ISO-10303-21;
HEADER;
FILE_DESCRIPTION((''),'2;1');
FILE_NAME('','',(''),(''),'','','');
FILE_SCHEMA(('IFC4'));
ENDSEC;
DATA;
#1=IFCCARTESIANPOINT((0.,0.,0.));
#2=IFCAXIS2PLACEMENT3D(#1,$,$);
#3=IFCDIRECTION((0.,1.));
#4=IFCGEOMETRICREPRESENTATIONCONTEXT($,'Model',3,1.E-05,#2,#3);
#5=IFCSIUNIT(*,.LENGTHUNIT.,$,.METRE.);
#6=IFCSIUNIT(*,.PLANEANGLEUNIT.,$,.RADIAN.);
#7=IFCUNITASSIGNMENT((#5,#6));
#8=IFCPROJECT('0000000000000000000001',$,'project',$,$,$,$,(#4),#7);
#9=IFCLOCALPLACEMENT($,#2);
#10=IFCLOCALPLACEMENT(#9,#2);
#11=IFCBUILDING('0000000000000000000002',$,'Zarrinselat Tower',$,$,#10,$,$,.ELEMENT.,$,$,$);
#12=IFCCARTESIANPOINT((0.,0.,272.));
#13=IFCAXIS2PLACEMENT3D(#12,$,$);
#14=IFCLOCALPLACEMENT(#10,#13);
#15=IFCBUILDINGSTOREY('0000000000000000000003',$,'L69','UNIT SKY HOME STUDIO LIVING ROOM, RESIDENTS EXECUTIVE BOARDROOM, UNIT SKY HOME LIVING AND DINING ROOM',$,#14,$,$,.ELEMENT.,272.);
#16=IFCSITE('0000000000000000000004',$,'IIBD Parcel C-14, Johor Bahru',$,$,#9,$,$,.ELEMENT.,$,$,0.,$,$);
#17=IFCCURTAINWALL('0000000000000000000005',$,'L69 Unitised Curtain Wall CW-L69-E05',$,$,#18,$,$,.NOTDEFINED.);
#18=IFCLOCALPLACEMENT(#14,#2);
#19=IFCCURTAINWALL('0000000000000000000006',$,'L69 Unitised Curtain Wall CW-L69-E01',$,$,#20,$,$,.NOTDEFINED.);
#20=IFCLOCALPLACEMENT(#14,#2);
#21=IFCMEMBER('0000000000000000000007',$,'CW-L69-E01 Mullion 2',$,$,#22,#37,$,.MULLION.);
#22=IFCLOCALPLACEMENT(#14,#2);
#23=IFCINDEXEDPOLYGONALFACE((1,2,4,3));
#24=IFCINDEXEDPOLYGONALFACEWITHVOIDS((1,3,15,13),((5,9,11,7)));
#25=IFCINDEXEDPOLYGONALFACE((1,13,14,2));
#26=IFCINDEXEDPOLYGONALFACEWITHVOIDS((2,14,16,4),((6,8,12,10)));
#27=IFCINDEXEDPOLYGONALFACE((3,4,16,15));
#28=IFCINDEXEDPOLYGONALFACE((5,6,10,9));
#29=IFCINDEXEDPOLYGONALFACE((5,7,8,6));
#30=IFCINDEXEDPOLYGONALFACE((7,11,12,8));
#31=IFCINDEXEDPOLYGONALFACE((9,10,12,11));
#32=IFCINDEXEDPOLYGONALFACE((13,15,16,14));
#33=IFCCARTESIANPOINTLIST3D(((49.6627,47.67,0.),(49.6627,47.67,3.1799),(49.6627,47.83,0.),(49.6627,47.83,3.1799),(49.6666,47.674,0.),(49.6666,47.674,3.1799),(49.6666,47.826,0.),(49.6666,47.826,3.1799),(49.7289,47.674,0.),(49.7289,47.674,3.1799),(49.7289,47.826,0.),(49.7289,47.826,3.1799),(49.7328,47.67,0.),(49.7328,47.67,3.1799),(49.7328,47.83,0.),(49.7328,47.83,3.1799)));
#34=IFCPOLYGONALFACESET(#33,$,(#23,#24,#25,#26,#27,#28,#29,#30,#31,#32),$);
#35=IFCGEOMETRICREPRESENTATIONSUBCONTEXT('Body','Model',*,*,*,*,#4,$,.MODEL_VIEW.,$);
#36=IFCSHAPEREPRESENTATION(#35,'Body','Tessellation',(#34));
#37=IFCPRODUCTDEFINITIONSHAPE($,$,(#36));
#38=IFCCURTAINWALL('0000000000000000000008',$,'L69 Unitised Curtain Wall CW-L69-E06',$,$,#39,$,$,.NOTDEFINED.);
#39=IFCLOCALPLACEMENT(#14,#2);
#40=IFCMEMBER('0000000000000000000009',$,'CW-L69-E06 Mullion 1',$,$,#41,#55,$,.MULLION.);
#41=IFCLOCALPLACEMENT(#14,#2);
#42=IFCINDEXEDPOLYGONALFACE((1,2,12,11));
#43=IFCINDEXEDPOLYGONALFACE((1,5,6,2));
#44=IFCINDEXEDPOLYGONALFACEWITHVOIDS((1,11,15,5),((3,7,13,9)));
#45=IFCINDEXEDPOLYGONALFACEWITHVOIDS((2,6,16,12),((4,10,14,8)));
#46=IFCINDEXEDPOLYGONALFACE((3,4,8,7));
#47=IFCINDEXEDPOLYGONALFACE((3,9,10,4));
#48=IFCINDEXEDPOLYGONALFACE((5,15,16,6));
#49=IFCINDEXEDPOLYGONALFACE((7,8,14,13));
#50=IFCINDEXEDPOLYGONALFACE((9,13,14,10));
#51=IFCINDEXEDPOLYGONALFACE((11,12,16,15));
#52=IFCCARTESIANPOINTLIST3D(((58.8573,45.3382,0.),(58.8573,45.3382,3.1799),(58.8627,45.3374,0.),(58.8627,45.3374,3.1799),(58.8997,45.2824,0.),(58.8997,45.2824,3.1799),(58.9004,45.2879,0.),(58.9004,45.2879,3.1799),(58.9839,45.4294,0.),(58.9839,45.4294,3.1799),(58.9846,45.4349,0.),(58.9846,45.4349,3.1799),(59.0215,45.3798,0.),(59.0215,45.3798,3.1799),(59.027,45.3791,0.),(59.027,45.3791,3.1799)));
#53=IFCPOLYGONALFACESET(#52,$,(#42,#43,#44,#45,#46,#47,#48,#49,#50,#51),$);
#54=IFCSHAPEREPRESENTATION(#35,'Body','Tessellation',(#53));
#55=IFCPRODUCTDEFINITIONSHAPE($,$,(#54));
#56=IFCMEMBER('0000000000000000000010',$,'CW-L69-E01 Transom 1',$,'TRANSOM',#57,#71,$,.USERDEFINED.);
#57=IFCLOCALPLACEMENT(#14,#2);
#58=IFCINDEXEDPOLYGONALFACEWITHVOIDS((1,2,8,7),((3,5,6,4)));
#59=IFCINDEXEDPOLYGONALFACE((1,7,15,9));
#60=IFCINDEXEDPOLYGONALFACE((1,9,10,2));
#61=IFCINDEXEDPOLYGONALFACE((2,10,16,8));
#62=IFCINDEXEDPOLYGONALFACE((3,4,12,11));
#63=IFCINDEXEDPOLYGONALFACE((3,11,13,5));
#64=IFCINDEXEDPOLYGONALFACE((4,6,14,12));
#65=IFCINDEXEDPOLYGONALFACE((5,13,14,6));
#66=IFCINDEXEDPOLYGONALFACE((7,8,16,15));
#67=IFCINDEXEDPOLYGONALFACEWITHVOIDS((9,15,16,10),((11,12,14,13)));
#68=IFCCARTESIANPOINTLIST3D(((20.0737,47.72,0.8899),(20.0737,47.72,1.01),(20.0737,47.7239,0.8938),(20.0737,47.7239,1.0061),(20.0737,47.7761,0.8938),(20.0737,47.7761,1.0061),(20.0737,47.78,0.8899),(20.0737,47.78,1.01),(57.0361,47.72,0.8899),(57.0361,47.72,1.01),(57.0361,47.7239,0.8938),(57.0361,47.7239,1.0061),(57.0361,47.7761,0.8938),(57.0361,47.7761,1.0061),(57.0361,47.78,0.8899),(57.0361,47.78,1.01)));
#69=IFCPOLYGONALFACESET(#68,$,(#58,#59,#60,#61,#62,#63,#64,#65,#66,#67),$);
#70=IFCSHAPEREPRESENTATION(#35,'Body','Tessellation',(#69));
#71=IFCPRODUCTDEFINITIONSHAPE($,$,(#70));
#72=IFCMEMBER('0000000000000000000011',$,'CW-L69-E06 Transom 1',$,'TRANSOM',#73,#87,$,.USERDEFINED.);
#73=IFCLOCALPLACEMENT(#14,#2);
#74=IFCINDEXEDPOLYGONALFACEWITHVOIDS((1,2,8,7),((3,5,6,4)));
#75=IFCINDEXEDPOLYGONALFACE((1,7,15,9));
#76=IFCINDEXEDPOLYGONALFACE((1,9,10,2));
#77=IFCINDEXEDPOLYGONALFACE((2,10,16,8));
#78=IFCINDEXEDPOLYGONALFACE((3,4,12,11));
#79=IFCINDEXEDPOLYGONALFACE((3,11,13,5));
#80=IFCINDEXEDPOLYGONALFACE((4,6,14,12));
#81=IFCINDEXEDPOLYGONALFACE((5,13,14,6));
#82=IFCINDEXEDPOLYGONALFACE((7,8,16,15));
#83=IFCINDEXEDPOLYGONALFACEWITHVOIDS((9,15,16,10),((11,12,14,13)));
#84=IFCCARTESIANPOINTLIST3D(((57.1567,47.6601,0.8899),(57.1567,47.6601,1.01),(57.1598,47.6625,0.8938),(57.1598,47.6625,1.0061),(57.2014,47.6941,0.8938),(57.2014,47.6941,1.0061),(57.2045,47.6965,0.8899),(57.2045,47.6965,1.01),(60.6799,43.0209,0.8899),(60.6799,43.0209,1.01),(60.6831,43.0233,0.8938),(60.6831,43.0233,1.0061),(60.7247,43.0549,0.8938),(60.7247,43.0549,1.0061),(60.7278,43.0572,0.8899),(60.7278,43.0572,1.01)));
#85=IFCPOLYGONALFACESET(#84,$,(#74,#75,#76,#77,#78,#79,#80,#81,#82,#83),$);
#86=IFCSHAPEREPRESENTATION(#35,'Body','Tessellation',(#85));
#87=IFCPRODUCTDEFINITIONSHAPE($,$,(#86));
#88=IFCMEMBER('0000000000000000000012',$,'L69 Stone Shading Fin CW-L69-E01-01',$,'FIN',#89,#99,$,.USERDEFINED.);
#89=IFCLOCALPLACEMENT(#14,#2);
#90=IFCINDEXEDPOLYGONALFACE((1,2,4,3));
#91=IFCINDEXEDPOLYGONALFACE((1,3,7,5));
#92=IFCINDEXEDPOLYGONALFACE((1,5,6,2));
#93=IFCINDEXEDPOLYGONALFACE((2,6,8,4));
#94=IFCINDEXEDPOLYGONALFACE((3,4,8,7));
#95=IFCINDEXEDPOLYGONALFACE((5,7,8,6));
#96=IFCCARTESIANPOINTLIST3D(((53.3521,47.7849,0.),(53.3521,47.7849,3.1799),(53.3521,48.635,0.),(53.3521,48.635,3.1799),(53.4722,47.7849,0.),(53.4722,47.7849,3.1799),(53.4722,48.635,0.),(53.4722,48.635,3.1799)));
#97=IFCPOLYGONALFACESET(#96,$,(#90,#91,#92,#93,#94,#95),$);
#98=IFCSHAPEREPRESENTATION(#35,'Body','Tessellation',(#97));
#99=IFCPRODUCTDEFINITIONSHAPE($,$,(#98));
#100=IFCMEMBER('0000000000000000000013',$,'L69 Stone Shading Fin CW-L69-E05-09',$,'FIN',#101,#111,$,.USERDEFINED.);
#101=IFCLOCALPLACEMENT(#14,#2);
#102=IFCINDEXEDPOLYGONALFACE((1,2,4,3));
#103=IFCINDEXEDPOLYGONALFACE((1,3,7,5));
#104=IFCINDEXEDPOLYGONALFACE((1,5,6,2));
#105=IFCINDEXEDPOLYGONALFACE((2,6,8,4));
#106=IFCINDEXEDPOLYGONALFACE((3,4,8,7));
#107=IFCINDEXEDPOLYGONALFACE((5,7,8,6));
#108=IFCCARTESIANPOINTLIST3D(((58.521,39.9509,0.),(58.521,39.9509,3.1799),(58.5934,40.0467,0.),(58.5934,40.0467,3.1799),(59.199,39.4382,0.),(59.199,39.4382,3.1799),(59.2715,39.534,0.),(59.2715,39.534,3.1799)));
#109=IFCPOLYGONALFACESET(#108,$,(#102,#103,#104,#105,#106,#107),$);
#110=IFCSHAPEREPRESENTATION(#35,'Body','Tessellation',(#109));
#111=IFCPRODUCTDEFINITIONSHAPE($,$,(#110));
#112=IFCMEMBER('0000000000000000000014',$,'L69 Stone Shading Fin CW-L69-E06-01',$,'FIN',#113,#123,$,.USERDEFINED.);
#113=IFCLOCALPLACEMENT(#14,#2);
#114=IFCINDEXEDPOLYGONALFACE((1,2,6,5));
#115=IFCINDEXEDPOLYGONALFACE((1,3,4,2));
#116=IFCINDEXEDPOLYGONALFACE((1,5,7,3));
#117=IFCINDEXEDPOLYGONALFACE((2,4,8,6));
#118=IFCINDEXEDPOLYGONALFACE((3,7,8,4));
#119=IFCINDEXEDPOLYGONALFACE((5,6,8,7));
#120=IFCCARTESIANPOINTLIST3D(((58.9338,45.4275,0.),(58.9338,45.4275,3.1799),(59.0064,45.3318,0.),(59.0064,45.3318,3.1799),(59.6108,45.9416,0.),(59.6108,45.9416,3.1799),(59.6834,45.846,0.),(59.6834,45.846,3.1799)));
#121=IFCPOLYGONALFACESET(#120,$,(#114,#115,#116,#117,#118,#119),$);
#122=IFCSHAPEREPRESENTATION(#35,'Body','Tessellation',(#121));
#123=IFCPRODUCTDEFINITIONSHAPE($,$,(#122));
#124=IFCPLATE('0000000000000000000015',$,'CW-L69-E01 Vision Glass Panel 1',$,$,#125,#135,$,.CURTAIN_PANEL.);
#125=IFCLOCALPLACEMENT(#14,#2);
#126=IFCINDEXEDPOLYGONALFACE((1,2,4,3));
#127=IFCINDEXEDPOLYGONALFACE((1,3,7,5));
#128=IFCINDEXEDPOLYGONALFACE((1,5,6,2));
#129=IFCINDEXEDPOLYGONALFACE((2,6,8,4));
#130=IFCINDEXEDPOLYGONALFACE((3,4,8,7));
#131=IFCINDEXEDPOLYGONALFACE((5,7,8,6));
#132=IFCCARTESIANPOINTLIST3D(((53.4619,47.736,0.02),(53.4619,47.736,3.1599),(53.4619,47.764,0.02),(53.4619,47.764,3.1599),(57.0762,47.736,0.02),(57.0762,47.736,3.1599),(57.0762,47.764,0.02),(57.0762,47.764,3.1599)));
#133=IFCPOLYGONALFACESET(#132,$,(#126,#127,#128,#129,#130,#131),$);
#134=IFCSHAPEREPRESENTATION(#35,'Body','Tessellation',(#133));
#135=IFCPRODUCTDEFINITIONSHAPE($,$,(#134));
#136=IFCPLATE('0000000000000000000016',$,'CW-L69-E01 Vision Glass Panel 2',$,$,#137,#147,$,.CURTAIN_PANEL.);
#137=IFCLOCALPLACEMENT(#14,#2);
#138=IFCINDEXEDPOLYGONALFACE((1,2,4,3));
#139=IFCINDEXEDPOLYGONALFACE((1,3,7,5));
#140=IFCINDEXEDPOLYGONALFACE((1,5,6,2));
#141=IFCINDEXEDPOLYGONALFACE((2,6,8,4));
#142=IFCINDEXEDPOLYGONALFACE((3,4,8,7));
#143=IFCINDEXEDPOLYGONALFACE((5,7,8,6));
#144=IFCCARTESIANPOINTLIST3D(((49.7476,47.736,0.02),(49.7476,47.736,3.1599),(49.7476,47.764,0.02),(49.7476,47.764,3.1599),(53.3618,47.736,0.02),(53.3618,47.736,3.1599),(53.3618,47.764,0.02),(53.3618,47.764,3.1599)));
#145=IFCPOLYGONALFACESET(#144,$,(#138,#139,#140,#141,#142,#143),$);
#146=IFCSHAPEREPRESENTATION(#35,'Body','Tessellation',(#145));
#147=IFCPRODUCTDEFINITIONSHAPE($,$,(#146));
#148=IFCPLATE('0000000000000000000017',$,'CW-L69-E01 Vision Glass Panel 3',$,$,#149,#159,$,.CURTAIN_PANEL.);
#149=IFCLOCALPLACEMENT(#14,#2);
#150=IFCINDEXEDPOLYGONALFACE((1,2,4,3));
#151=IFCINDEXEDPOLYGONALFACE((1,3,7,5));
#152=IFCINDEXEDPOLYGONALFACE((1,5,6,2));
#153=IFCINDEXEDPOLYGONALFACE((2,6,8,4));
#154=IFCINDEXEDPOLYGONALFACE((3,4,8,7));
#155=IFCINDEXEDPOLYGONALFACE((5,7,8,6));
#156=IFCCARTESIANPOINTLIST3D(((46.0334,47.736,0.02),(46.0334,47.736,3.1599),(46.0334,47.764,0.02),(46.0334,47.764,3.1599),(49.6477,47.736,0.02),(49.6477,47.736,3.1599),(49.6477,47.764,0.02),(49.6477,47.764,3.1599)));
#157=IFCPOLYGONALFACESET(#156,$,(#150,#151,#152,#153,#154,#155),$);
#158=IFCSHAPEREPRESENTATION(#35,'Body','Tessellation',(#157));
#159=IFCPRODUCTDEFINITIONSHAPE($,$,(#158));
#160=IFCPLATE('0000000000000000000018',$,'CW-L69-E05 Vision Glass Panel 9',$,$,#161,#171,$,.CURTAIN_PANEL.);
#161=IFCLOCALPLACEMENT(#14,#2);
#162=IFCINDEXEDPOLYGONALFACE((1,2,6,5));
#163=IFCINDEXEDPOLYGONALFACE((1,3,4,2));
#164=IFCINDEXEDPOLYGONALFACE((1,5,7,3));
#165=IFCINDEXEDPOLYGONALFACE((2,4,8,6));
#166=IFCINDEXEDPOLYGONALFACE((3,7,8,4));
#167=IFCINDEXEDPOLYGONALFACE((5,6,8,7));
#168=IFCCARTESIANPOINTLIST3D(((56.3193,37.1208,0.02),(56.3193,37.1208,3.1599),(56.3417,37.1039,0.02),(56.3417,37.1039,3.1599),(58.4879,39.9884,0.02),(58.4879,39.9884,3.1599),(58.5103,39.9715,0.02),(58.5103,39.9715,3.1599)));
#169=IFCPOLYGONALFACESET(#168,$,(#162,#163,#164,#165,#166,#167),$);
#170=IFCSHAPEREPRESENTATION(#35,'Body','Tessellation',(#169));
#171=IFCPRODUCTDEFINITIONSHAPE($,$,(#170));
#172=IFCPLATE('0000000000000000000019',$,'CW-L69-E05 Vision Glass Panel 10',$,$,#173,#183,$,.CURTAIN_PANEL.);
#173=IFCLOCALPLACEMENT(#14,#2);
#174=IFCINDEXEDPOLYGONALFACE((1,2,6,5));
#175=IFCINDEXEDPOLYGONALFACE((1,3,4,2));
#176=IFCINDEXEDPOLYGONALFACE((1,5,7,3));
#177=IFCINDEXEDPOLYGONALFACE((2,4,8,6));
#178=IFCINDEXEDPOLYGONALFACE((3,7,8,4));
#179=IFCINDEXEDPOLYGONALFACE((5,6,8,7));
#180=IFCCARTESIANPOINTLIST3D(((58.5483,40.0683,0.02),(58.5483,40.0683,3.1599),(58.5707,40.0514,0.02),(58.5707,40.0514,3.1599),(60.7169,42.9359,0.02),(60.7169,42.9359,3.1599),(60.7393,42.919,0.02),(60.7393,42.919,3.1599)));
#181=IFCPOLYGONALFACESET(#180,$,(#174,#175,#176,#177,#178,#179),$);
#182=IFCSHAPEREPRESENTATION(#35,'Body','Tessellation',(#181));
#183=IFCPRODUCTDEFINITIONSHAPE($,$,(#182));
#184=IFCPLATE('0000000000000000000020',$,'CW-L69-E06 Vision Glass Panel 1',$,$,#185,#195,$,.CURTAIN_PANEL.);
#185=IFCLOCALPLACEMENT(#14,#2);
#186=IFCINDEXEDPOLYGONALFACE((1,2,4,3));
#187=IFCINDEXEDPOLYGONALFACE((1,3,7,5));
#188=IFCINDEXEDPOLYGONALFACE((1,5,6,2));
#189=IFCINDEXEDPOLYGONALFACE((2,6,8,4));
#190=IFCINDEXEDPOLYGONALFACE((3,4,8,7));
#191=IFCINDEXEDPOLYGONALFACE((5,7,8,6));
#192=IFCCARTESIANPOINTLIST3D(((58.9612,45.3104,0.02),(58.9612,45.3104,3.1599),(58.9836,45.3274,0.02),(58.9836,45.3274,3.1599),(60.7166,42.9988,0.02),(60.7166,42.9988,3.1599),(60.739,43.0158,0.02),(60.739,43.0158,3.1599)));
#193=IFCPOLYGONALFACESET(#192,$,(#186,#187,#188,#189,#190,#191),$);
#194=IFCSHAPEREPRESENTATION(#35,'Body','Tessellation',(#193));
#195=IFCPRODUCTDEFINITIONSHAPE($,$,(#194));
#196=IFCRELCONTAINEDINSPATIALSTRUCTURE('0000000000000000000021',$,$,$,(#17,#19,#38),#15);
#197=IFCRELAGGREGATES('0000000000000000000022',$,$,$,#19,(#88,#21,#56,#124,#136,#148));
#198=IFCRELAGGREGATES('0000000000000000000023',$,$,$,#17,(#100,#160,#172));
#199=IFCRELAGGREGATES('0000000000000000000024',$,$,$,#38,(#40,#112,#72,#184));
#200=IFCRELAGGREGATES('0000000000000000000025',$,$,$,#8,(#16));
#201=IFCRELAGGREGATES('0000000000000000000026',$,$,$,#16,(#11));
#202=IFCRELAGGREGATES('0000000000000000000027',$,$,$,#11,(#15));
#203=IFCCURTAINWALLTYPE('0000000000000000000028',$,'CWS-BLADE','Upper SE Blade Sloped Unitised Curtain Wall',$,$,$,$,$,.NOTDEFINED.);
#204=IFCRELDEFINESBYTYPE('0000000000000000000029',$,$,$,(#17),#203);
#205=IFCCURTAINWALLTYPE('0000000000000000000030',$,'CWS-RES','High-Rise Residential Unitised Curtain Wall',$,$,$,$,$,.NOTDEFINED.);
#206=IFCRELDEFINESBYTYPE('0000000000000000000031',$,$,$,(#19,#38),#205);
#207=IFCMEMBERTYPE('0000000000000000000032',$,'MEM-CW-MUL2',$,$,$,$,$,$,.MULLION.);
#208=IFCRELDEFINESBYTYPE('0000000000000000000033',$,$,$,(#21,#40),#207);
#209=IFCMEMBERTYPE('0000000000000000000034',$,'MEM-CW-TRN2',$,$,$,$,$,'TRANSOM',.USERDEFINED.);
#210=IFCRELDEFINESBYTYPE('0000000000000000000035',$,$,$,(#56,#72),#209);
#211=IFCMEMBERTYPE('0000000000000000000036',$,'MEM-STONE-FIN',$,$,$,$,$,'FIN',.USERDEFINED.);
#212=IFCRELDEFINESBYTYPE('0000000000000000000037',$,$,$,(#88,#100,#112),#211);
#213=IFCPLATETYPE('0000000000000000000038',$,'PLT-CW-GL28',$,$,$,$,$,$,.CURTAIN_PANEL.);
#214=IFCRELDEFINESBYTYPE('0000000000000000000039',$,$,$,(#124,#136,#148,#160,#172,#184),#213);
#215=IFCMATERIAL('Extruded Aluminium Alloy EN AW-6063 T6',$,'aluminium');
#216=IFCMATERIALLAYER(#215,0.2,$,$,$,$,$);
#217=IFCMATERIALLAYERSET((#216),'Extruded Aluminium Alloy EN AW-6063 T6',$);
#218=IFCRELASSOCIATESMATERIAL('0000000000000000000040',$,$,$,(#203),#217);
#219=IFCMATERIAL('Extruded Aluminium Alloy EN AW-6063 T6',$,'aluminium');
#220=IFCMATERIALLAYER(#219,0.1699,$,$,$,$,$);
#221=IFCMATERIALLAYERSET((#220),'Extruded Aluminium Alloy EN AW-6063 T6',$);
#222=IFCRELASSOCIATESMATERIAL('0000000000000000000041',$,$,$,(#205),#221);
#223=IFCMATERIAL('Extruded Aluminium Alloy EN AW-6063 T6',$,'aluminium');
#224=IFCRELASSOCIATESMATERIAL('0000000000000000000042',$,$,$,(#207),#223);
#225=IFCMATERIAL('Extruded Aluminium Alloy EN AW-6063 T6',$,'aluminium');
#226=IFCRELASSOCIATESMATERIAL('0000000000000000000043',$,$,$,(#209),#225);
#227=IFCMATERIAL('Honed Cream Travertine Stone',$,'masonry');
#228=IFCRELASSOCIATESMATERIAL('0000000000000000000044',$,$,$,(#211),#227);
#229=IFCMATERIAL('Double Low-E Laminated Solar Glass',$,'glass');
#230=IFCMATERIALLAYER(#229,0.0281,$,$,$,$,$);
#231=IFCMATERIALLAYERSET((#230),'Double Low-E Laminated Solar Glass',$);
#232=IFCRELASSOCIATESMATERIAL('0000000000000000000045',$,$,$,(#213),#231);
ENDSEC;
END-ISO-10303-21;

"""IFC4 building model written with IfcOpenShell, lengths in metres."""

from ifc_helpers import new_model, si_unit, direction, frame, origin, origin_2d, place, context, subcontext, project, spatial, rectangle, hollow_rectangle, extrude, material, layer, layer_set, material_profile, profile_set, type_object, element, aggregate, save


model = new_model("IFC4")

# Units and contexts
model_context = context("Model", 3, precision=1e-05, world=origin(), true_north=direction((0.0, 1.0)))
body_context = subcontext(model_context, "Body", "Model", "MODEL_VIEW")
ifc_project = project(units=[si_unit("LENGTHUNIT", "METRE"), si_unit("PLANEANGLEUNIT", "RADIAN")], contexts=[model_context])

# Site, building, storey
site_placement = place(None, origin())
site = spatial("IfcSite", under=ifc_project, at=site_placement, Name="IIBD Parcel C-14, Johor Bahru", CompositionType="ELEMENT", RefElevation=0.0)
building_placement = place(site_placement, origin())
building = spatial("IfcBuilding", under=site, at=building_placement, Name="Zarrinselat Tower", CompositionType="ELEMENT")
storey_placement = place(building_placement, frame((0.0, 0.0, 272.0)))
storey = spatial("IfcBuildingStorey", under=building, at=storey_placement, Name="L69", Description="UNIT SKY HOME STUDIO LIVING ROOM, RESIDENTS EXECUTIVE BOARDROOM, UNIT SKY HOME LIVING AND DINING ROOM", CompositionType="ELEMENT", Elevation=272.0)

# Curtain walls, member
ifc_material_1 = material(Name="Extruded Aluminium Alloy EN AW-6063 T6", Category="aluminium")
ifc_layer_1 = layer(ifc_material_1, 0.2)
ifc_layer_set_1 = layer_set([ifc_layer_1], Name="Extruded Aluminium Alloy EN AW-6063 T6")
curtain_wall_type_1 = type_object("IfcCurtainWallType", Name="CWS-BLADE", Description="Upper SE Blade Sloped Unitised Curtain Wall", PredefinedType="NOTDEFINED", material=ifc_layer_set_1)
curtain_wall_1_placement = place(storey_placement, origin())
curtain_wall_1 = element("IfcCurtainWall", 1, at=curtain_wall_1_placement, inside=storey, type_object=curtain_wall_type_1, Name="L69 Unitised Curtain Wall CW-L69-E05", PredefinedType="NOTDEFINED")
ifc_material_2 = material(Name="Extruded Aluminium Alloy EN AW-6063 T6", Category="aluminium")
ifc_layer_2 = layer(ifc_material_2, 0.1699)
ifc_layer_set_2 = layer_set([ifc_layer_2], Name="Extruded Aluminium Alloy EN AW-6063 T6")
curtain_wall_type_2 = type_object("IfcCurtainWallType", Name="CWS-RES", Description="High-Rise Residential Unitised Curtain Wall", PredefinedType="NOTDEFINED", material=ifc_layer_set_2)
curtain_wall_2_placement = place(storey_placement, origin())
curtain_wall_2 = element("IfcCurtainWall", 2, at=curtain_wall_2_placement, inside=storey, type_object=curtain_wall_type_2, Name="L69 Unitised Curtain Wall CW-L69-E01", PredefinedType="NOTDEFINED")
ifc_material_3 = material(Name="Extruded Aluminium Alloy EN AW-6063 T6", Category="aluminium")
ifc_material_profile_1 = material_profile(ifc_material_3, hollow_rectangle(XDim=0.0701, YDim=0.1599, WallThickness=0.0039, at=origin_2d()), Name="RHS 160x70x4")
ifc_profile_set_1 = profile_set([ifc_material_profile_1], Name="Extruded Aluminium Alloy EN AW-6063 T6")
member_type_1 = type_object("IfcMemberType", Name="MEM-CW-MUL2", PredefinedType="MULLION", material=ifc_profile_set_1)
member_1_placement = place(storey_placement, frame((49.6978, 47.75, 0.0), z_axis=(0.0, 0.0, 1.0), x_axis=(-1.0, 0.0, 0.0)))
member_1 = element("IfcMember", 3, at=member_1_placement, type_object=member_type_1, Name="CW-L69-E01 Mullion 2", PredefinedType="MULLION", context=body_context, shape_type="SweptSolid", body=[
    extrude(hollow_rectangle(XDim=0.0701, YDim=0.1599, WallThickness=0.0039, at=origin_2d()), origin(), (0.0, 0.0, 1.0), 3.1799),
])

# Curtain wall, member
curtain_wall_3_placement = place(storey_placement, origin())
curtain_wall_3 = element("IfcCurtainWall", 4, at=curtain_wall_3_placement, inside=storey, type_object=curtain_wall_type_2, Name="L69 Unitised Curtain Wall CW-L69-E06", PredefinedType="NOTDEFINED")
member_2_placement = place(storey_placement, frame((58.9421, 45.3586, 0.0), z_axis=(0.0, 0.0, 1.0), x_axis=(-0.604782, 0.796391, 0.0)))
member_2 = element("IfcMember", 5, at=member_2_placement, type_object=member_type_1, Name="CW-L69-E06 Mullion 1", PredefinedType="MULLION", context=body_context, shape_type="SweptSolid", body=[
    extrude(hollow_rectangle(XDim=0.0701, YDim=0.1599, WallThickness=0.0039, at=origin_2d()), origin(), (0.0, 0.0, 1.0), 3.1799),
])

# Members
ifc_material_4 = material(Name="Extruded Aluminium Alloy EN AW-6063 T6", Category="aluminium")
ifc_material_profile_2 = material_profile(ifc_material_4, hollow_rectangle(XDim=0.0601, YDim=0.1201, WallThickness=0.0039, at=origin_2d()), Name="RHS 120x60x4")
ifc_profile_set_2 = profile_set([ifc_material_profile_2], Name="Extruded Aluminium Alloy EN AW-6063 T6")
member_type_2 = type_object("IfcMemberType", Name="MEM-CW-TRN2", ElementType="TRANSOM", PredefinedType="USERDEFINED", material=ifc_profile_set_2)
member_3_placement = place(storey_placement, frame((57.0361, 47.75, 0.95), z_axis=(-1.0, 0.0, 0.0), x_axis=(0.0, -1.0, 0.0)))
member_3 = element("IfcMember", 6, at=member_3_placement, type_object=member_type_2, Name="CW-L69-E01 Transom 1", ObjectType="TRANSOM", PredefinedType="USERDEFINED", context=body_context, shape_type="SweptSolid", body=[
    extrude(hollow_rectangle(XDim=0.0601, YDim=0.1201, WallThickness=0.0039, at=origin_2d()), origin(), (0.0, 0.0, 1.0), 36.9624),
])
member_4_placement = place(storey_placement, frame((60.7039, 43.0391, 0.95), z_axis=(-0.604804, 0.796375, 0.0), x_axis=(-0.796375, -0.604804, 0.0)))
member_4 = element("IfcMember", 7, at=member_4_placement, type_object=member_type_2, Name="CW-L69-E06 Transom 1", ObjectType="TRANSOM", PredefinedType="USERDEFINED", context=body_context, shape_type="SweptSolid", body=[
    extrude(hollow_rectangle(XDim=0.0601, YDim=0.1201, WallThickness=0.0039, at=origin_2d()), origin(), (0.0, 0.0, 1.0), 5.8254),
])
ifc_material_5 = material(Name="Honed Cream Travertine Stone", Category="masonry")
ifc_material_profile_3 = material_profile(ifc_material_5, rectangle(XDim=0.1201, YDim=0.8501, at=origin_2d()), Name="FIN 850x120")
ifc_profile_set_3 = profile_set([ifc_material_profile_3], Name="Honed Cream Travertine Stone")
member_type_3 = type_object("IfcMemberType", Name="MEM-STONE-FIN", ElementType="FIN", PredefinedType="USERDEFINED", material=ifc_profile_set_3)
member_5_placement = place(storey_placement, frame((53.4121, 48.21, 0.0), z_axis=(0.0, 0.0, 1.0), x_axis=(1.0, 0.0, 0.0)))
member_5 = element("IfcMember", 8, at=member_5_placement, type_object=member_type_3, Name="L69 Stone Shading Fin CW-L69-E01-01", ObjectType="FIN", PredefinedType="USERDEFINED", context=body_context, shape_type="SweptSolid", body=[
    extrude(rectangle(XDim=0.1201, YDim=0.8501, at=origin_2d()), origin(), (0.0, 0.0, 1.0), 3.1799),
])
member_6_placement = place(storey_placement, frame((58.8962, 39.7424, 0.0), z_axis=(0.0, 0.0, 1.0), x_axis=(-0.60317, -0.797613, 0.0)))
member_6 = element("IfcMember", 9, at=member_6_placement, type_object=member_type_3, Name="L69 Stone Shading Fin CW-L69-E05-09", ObjectType="FIN", PredefinedType="USERDEFINED", context=body_context, shape_type="SweptSolid", body=[
    extrude(rectangle(XDim=0.1201, YDim=0.8501, at=origin_2d()), origin(), (0.0, 0.0, 1.0), 3.1799),
])
member_7_placement = place(storey_placement, frame((59.3086, 45.6367, 0.0), z_axis=(0.0, 0.0, 1.0), x_axis=(0.604782, -0.796391, 0.0)))
member_7 = element("IfcMember", 10, at=member_7_placement, type_object=member_type_3, Name="L69 Stone Shading Fin CW-L69-E06-01", ObjectType="FIN", PredefinedType="USERDEFINED", context=body_context, shape_type="SweptSolid", body=[
    extrude(rectangle(XDim=0.1201, YDim=0.8501, at=origin_2d()), origin(), (0.0, 0.0, 1.0), 3.1799),
])

# Plates
ifc_material_6 = material(Name="Double Low-E Laminated Solar Glass", Category="glass")
ifc_layer_3 = layer(ifc_material_6, 0.0281)
ifc_layer_set_3 = layer_set([ifc_layer_3], Name="Double Low-E Laminated Solar Glass")
plate_type = type_object("IfcPlateType", Name="PLT-CW-GL28", PredefinedType="CURTAIN_PANEL", material=ifc_layer_set_3)
plate_1_placement = place(storey_placement, frame((55.269, 47.75, 0.02), z_axis=(0.0, 0.0, 1.0), x_axis=(-1.0, 0.0, 0.0)))
plate_1 = element("IfcPlate", 11, at=plate_1_placement, type_object=plate_type, Name="CW-L69-E01 Vision Glass Panel 1", PredefinedType="CURTAIN_PANEL", context=body_context, shape_type="SweptSolid", body=[
    extrude(rectangle(XDim=3.6143, YDim=0.0281, at=origin_2d()), origin(), (0.0, 0.0, 1.0), 3.1399),
])
plate_2_placement = place(storey_placement, frame((51.5547, 47.75, 0.02), z_axis=(0.0, 0.0, 1.0), x_axis=(-1.0, 0.0, 0.0)))
plate_2 = element("IfcPlate", 12, at=plate_2_placement, type_object=plate_type, Name="CW-L69-E01 Vision Glass Panel 2", PredefinedType="CURTAIN_PANEL", context=body_context, shape_type="SweptSolid", body=[
    extrude(rectangle(XDim=3.6143, YDim=0.0281, at=origin_2d()), origin(), (0.0, 0.0, 1.0), 3.1399),
])
plate_3_placement = place(storey_placement, frame((47.8406, 47.75, 0.02), z_axis=(0.0, 0.0, 1.0), x_axis=(-1.0, 0.0, 0.0)))
plate_3 = element("IfcPlate", 13, at=plate_3_placement, type_object=plate_type, Name="CW-L69-E01 Vision Glass Panel 3", PredefinedType="CURTAIN_PANEL", context=body_context, shape_type="SweptSolid", body=[
    extrude(rectangle(XDim=3.6143, YDim=0.0281, at=origin_2d()), origin(), (0.0, 0.0, 1.0), 3.1399),
])
aggregate(curtain_wall_2, [member_5, member_1, member_3, plate_1, plate_2, plate_3])
plate_4_placement = place(storey_placement, frame((57.4148, 38.5461, 0.02), z_axis=(0.0, 0.0, 1.0), x_axis=(0.60317, 0.797613, 0.0)))
plate_4 = element("IfcPlate", 14, at=plate_4_placement, type_object=plate_type, Name="CW-L69-E05 Vision Glass Panel 9", PredefinedType="CURTAIN_PANEL", context=body_context, shape_type="SweptSolid", body=[
    extrude(rectangle(XDim=3.5952, YDim=0.0281, at=origin_2d()), origin(), (0.0, 0.0, 1.0), 3.1399),
])
plate_5_placement = place(storey_placement, frame((59.6438, 41.4937, 0.02), z_axis=(0.0, 0.0, 1.0), x_axis=(0.60317, 0.797613, 0.0)))
plate_5 = element("IfcPlate", 15, at=plate_5_placement, type_object=plate_type, Name="CW-L69-E05 Vision Glass Panel 10", PredefinedType="CURTAIN_PANEL", context=body_context, shape_type="SweptSolid", body=[
    extrude(rectangle(XDim=3.5952, YDim=0.0281, at=origin_2d()), origin(), (0.0, 0.0, 1.0), 3.1399),
])
aggregate(curtain_wall_1, [member_6, plate_4, plate_5])
plate_6_placement = place(storey_placement, frame((59.8501, 44.1631, 0.02), z_axis=(0.0, 0.0, 1.0), x_axis=(-0.604782, 0.796391, 0.0)))
plate_6 = element("IfcPlate", 16, at=plate_6_placement, type_object=plate_type, Name="CW-L69-E06 Vision Glass Panel 1", PredefinedType="CURTAIN_PANEL", context=body_context, shape_type="SweptSolid", body=[
    extrude(rectangle(XDim=2.9026, YDim=0.0281, at=origin_2d()), origin(), (0.0, 0.0, 1.0), 3.1399),
])
aggregate(curtain_wall_3, [member_2, member_7, member_4, plate_6])

save(model, "model.ifc")
